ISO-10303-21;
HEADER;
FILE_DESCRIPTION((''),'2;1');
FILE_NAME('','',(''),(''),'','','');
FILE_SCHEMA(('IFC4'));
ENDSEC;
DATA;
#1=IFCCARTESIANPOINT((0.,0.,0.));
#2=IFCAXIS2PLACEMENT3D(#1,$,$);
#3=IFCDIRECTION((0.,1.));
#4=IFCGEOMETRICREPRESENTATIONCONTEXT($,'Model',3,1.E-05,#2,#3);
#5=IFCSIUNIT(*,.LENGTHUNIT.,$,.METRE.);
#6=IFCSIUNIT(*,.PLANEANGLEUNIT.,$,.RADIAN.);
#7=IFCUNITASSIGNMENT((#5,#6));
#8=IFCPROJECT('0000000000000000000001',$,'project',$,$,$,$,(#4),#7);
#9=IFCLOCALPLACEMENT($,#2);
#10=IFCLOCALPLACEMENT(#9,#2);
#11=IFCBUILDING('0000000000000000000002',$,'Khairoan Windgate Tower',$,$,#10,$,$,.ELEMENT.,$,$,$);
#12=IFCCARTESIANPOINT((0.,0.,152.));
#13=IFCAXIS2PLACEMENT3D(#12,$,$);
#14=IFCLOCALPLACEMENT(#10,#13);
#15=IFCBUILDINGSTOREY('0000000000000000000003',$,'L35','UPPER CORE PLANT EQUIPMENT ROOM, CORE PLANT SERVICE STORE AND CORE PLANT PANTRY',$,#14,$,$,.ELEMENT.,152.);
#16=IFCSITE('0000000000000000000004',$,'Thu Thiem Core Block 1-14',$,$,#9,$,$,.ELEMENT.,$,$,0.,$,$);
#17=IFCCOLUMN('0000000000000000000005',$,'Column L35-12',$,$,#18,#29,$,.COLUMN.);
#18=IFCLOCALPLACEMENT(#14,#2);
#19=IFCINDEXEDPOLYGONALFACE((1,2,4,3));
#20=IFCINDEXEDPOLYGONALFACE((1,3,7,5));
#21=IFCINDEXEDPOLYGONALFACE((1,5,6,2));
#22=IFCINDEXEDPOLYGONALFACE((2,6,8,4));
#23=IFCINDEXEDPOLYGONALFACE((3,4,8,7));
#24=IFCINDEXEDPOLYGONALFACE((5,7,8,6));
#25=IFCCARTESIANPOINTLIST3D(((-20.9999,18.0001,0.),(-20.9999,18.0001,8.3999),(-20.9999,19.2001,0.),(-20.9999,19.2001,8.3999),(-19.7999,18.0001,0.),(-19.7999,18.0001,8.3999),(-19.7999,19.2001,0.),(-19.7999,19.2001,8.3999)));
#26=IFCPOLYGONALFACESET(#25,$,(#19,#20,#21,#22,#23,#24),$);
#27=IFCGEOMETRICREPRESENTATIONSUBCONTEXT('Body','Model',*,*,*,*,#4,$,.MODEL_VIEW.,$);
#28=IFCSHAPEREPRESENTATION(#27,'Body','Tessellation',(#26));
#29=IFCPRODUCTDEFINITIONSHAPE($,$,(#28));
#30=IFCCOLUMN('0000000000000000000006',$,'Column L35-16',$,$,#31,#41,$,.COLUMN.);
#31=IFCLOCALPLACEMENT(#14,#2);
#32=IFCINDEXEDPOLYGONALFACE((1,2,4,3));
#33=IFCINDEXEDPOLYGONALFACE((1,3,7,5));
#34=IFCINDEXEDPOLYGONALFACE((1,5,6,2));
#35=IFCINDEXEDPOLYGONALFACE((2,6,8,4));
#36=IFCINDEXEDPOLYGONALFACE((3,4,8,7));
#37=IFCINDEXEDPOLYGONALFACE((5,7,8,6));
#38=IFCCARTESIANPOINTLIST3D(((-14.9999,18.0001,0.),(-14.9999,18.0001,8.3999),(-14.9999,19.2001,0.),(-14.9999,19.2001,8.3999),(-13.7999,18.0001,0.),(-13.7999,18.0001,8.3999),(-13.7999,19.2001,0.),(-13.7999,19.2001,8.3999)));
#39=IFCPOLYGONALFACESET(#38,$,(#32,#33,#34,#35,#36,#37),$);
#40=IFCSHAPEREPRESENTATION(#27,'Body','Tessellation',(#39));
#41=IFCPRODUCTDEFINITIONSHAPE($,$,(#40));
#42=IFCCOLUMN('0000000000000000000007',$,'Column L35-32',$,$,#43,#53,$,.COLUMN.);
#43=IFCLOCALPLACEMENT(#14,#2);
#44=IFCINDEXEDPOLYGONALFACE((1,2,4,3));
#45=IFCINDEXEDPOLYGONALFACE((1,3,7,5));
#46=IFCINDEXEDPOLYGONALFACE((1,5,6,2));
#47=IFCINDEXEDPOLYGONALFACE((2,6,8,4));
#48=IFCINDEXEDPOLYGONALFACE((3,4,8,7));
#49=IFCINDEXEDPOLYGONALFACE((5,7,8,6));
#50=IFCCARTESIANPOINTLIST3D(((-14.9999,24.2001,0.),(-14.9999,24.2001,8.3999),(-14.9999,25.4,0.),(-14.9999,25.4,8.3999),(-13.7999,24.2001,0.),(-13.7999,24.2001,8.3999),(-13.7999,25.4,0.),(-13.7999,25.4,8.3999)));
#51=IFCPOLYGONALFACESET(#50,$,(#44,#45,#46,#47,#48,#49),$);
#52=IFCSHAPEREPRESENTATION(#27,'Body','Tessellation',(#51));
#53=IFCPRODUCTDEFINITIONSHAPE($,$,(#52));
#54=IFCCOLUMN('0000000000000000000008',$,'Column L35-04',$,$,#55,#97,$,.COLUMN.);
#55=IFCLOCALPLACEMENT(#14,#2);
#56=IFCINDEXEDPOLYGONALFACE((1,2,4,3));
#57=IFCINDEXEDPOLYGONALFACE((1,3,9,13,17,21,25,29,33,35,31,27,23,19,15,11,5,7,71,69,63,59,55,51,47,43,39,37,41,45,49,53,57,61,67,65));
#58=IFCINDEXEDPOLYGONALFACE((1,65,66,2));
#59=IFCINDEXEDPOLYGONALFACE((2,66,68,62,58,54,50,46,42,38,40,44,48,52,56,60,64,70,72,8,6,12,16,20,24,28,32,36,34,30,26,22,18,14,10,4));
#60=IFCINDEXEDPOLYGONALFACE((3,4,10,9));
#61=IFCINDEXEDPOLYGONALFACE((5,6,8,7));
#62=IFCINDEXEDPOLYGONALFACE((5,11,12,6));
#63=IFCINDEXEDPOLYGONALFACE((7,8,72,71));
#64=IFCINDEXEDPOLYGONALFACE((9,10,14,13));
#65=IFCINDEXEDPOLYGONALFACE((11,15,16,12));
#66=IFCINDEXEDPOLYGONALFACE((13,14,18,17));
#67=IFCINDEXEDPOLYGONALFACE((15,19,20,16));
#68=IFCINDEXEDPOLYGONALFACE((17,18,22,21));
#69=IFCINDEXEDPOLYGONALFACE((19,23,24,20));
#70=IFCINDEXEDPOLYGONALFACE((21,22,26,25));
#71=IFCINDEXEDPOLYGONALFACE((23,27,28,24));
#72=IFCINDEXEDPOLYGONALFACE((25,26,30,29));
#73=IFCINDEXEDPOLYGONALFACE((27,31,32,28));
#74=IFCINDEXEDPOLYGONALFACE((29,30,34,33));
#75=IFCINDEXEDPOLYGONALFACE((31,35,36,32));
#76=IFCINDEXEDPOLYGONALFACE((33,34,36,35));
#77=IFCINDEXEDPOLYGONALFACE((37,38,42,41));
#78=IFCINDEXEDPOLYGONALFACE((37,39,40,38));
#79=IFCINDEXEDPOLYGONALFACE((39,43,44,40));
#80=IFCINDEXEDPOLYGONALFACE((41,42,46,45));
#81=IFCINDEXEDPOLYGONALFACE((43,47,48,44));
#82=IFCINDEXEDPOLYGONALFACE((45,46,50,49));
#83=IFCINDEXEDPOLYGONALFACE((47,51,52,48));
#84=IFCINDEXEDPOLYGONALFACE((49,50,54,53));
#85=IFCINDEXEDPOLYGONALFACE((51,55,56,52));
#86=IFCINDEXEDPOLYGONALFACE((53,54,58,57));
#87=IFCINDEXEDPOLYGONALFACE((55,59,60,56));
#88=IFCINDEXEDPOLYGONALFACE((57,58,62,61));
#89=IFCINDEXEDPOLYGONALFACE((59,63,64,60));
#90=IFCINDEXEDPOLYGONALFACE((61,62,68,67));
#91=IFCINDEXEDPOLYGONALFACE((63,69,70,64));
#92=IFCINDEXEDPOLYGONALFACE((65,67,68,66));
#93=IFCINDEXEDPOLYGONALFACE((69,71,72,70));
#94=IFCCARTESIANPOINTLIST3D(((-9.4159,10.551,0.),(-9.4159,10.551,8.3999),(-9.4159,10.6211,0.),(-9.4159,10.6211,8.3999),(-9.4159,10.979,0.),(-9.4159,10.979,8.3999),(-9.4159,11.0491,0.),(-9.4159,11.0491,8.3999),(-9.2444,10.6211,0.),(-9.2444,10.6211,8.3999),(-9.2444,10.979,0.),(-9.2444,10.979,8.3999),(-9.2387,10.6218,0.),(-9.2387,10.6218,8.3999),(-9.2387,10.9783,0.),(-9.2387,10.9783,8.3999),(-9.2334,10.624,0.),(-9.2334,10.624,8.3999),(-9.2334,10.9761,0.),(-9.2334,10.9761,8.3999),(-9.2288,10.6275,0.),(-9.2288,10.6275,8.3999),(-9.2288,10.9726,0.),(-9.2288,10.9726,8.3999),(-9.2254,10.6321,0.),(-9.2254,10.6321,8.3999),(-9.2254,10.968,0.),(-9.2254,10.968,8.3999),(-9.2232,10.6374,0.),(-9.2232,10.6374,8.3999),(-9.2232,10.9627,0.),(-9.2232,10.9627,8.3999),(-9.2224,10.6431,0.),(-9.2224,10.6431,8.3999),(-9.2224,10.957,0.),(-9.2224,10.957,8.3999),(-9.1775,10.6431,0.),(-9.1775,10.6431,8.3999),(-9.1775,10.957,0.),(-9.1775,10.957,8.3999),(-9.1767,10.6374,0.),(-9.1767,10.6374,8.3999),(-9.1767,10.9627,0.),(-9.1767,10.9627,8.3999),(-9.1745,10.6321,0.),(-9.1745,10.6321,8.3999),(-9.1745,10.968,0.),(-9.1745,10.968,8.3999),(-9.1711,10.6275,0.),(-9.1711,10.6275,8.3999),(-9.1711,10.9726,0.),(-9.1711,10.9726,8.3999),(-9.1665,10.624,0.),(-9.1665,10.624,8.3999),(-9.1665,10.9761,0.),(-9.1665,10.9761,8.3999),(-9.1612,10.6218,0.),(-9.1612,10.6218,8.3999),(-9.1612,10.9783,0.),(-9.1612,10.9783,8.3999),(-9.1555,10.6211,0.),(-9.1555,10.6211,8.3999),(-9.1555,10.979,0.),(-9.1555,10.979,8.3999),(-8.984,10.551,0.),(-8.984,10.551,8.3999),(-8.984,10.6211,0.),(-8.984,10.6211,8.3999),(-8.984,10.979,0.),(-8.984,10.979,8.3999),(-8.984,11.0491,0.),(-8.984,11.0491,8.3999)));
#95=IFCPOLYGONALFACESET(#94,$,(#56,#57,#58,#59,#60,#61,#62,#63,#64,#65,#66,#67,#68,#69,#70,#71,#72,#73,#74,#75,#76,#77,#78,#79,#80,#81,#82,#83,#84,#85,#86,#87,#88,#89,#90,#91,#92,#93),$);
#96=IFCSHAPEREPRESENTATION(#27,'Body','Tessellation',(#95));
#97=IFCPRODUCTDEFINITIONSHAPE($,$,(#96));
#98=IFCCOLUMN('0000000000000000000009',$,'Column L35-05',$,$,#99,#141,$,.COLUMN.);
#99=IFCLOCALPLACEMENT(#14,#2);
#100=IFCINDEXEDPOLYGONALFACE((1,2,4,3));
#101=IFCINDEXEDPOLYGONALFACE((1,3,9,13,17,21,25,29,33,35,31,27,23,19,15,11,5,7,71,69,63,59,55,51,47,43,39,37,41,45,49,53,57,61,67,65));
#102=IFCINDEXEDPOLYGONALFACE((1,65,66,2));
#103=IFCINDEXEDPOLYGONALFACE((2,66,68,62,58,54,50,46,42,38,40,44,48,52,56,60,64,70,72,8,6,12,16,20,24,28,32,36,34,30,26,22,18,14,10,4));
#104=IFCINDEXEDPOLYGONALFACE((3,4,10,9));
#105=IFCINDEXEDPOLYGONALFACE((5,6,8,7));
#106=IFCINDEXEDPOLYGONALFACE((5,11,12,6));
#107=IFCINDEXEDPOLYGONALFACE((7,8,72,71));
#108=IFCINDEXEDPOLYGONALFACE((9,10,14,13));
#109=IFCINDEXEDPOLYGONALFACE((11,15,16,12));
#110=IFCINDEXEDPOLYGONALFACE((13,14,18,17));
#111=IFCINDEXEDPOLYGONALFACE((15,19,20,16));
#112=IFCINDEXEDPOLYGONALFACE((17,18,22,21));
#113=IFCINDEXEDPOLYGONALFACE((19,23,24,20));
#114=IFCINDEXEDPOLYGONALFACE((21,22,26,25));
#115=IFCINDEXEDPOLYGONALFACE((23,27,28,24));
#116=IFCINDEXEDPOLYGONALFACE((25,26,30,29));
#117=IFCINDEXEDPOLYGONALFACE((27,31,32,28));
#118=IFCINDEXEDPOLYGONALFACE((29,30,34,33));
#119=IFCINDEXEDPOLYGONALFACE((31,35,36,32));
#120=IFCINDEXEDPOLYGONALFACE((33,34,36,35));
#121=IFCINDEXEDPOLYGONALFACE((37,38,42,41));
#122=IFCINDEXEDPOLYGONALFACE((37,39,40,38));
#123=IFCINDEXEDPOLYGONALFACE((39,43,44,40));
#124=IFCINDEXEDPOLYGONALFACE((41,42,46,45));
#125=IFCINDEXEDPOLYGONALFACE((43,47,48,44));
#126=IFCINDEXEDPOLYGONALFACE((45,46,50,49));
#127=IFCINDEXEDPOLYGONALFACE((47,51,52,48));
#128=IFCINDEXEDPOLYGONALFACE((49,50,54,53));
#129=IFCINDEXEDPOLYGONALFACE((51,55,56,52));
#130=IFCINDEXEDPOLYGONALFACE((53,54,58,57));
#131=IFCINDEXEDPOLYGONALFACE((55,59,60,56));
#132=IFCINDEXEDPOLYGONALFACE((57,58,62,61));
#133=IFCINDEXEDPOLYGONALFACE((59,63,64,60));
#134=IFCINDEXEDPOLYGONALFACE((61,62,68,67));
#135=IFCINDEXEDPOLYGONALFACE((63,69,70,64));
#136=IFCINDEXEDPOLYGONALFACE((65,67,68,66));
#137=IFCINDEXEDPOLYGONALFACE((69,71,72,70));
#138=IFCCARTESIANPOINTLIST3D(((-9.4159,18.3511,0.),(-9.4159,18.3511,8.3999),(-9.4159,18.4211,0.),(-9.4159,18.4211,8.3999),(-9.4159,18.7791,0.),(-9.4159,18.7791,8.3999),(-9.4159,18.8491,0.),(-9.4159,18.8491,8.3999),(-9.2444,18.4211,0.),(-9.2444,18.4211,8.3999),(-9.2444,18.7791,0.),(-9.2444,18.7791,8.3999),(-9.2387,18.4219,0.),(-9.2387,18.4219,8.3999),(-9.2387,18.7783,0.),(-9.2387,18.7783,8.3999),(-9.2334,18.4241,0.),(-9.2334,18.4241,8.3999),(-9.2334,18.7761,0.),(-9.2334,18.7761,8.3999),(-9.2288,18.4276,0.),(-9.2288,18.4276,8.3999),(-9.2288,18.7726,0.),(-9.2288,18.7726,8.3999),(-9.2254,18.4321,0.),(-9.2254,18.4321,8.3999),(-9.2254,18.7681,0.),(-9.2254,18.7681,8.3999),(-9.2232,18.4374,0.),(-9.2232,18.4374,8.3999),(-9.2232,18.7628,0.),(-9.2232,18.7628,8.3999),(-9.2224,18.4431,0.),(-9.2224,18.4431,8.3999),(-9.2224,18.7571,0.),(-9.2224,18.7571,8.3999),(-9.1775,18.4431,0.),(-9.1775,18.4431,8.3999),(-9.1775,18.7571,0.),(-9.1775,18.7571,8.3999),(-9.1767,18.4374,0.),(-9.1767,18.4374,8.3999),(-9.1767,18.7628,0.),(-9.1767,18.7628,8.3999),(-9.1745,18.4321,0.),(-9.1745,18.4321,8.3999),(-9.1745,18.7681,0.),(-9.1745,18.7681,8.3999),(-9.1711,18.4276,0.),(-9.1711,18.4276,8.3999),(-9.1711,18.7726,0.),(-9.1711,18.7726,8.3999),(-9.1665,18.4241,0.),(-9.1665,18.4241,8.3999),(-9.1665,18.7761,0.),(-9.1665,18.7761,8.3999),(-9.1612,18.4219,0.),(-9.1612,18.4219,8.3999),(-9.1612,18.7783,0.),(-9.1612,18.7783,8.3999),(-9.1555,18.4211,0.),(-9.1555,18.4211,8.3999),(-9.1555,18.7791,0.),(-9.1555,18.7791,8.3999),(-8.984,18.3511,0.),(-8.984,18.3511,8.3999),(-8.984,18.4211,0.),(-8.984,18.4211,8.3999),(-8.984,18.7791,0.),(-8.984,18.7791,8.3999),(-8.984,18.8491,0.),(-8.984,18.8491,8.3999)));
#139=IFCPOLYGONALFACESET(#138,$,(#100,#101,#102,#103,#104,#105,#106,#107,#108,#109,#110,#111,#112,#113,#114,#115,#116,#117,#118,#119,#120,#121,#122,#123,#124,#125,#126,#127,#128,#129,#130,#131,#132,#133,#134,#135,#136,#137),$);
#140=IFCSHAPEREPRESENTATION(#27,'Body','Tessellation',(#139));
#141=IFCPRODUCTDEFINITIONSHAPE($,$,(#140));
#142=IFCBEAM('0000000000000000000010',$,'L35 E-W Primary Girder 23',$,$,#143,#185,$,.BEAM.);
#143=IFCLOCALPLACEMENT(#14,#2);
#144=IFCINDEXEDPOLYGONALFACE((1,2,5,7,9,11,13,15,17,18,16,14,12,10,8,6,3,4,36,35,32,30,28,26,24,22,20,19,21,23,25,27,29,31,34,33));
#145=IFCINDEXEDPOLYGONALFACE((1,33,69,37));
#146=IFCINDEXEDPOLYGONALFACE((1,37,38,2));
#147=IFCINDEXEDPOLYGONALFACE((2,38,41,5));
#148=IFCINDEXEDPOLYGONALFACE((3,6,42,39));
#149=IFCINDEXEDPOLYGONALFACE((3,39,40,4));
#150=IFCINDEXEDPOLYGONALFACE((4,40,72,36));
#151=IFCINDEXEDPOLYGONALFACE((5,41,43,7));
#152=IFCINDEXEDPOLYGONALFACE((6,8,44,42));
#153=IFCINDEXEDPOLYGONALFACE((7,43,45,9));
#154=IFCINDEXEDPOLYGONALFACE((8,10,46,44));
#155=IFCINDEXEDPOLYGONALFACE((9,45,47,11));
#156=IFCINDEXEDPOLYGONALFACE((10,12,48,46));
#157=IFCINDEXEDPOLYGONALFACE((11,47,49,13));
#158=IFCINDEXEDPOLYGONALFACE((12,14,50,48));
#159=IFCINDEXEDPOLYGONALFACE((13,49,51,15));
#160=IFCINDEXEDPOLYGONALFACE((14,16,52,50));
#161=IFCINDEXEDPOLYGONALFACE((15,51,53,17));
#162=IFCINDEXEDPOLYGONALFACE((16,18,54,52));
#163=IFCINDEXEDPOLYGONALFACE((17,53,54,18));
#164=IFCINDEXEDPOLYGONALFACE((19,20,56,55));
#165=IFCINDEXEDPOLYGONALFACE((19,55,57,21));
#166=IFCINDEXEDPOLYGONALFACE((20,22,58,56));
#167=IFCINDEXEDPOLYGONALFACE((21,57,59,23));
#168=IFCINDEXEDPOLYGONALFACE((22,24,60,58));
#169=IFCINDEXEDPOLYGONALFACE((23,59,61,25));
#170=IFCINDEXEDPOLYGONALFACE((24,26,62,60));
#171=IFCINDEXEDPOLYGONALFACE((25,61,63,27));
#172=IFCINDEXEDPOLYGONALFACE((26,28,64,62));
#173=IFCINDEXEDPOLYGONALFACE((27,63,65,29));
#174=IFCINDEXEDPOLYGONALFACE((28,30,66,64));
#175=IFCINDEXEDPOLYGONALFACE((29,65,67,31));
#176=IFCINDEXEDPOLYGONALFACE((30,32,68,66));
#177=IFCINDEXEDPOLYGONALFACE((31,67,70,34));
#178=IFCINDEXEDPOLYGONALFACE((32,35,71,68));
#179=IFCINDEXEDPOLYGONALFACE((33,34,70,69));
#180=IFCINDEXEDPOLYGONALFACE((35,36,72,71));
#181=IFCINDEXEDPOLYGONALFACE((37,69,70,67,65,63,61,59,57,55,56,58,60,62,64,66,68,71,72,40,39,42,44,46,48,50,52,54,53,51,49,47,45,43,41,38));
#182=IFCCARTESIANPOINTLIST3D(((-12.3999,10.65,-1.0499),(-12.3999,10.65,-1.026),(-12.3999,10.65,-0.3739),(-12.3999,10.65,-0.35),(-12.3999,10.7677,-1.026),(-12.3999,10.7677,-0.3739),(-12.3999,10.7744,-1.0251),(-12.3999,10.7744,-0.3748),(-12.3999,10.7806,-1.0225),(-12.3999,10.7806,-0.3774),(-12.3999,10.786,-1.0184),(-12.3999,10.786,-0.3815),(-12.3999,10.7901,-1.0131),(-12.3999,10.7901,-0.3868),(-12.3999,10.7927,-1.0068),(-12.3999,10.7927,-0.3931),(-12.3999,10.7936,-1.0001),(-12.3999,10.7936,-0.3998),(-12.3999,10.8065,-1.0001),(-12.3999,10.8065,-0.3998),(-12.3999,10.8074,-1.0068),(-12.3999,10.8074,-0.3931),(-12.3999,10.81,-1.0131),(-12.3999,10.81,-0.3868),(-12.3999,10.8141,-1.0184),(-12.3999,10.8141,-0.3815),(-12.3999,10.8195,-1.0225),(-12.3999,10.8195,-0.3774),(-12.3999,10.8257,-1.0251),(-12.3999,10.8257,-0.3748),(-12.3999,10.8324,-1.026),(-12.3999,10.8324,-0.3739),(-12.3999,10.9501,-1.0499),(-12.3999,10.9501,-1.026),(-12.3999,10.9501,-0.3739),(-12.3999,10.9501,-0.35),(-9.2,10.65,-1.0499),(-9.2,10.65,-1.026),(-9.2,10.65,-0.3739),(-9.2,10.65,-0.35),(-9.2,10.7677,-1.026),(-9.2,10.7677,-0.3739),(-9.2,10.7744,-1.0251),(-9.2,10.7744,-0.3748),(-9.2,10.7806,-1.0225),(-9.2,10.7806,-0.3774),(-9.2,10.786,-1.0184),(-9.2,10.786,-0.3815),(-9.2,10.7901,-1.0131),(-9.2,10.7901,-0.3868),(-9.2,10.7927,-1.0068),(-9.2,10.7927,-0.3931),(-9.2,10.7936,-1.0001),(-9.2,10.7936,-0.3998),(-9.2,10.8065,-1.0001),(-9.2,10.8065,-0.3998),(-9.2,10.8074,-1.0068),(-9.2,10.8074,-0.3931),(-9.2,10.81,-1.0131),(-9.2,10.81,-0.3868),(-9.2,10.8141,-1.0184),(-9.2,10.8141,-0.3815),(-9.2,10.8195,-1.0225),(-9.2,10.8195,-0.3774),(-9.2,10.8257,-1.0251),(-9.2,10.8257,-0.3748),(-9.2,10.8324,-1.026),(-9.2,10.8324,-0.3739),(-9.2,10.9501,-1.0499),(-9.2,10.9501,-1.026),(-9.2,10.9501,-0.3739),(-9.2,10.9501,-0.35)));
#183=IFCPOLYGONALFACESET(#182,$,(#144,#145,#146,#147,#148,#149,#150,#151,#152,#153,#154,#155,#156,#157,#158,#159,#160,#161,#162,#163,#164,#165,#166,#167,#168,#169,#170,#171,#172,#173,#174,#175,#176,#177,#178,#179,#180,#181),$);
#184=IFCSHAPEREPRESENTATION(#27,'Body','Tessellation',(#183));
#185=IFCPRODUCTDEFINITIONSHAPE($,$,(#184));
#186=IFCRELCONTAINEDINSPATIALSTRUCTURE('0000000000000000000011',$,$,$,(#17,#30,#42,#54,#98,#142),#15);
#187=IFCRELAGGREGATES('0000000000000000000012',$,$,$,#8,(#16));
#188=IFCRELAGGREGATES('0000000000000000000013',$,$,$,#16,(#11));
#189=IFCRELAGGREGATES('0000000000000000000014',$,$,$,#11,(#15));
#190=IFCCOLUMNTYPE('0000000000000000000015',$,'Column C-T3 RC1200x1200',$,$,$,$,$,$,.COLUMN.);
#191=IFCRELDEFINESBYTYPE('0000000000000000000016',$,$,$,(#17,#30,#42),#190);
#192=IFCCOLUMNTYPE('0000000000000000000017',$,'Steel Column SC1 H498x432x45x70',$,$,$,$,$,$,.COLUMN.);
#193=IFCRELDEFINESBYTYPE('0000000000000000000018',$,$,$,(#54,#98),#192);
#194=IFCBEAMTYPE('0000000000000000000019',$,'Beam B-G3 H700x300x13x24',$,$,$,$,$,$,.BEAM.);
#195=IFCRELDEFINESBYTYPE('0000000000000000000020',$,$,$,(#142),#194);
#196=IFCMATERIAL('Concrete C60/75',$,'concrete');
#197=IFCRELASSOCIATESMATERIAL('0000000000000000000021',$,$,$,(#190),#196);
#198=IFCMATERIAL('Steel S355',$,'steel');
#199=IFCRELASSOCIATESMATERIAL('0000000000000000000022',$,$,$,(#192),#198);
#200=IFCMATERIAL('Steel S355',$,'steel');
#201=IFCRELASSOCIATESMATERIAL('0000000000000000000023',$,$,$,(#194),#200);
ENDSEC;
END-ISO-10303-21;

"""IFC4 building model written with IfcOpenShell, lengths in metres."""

from ifc_helpers import new_model, si_unit, direction, frame, origin, origin_2d, place, context, subcontext, project, spatial, rectangle, i_section, extrude, material, material_profile, profile_set, type_object, element, save


model = new_model("IFC4")

# Units and contexts
model_context = context("Model", 3, precision=1e-05, world=origin(), true_north=direction((0.0, 1.0)))
body_context = subcontext(model_context, "Body", "Model", "MODEL_VIEW")
ifc_project = project(units=[si_unit("LENGTHUNIT", "METRE"), si_unit("PLANEANGLEUNIT", "RADIAN")], contexts=[model_context])

# Site, building, storey
site_placement = place(None, origin())
site = spatial("IfcSite", under=ifc_project, at=site_placement, Name="Thu Thiem Core Block 1-14", CompositionType="ELEMENT", RefElevation=0.0)
building_placement = place(site_placement, origin())
building = spatial("IfcBuilding", under=site, at=building_placement, Name="Khairoan Windgate Tower", CompositionType="ELEMENT")
storey_placement = place(building_placement, frame((0.0, 0.0, 152.0)))
storey = spatial("IfcBuildingStorey", under=building, at=storey_placement, Name="L35", Description="UPPER CORE PLANT EQUIPMENT ROOM, CORE PLANT SERVICE STORE AND CORE PLANT PANTRY", CompositionType="ELEMENT", Elevation=152.0)

# Columns
ifc_material_1 = material(Name="Concrete C60/75", Category="concrete")
ifc_material_profile_1 = material_profile(ifc_material_1, rectangle(XDim=1.2, YDim=1.2, at=origin_2d()))
ifc_profile_set_1 = profile_set([ifc_material_profile_1], Name="Concrete C60/75")
column_type_1 = type_object("IfcColumnType", Name="Column C-T3 RC1200x1200", PredefinedType="COLUMN", material=ifc_profile_set_1)
for number, where, z_axis, x_axis, name in (
    (1, (-20.3999, 18.6001, 0.0), (0.0, 0.0, 1.0), (1.0, 0.0, 0.0), "Column L35-12"),
    (2, (-14.3999, 18.6001, 0.0), (0.0, 0.0, 1.0), (1.0, 0.0, 0.0), "Column L35-16"),
    (3, (-14.3999, 24.8, 0.0), (0.0, 0.0, 1.0), (1.0, 0.0, 0.0), "Column L35-32"),
):
    element("IfcColumn", number, at=place(storey_placement, frame(where, z_axis=z_axis, x_axis=x_axis)), inside=storey, type_object=column_type_1, Name=name, PredefinedType="COLUMN", context=body_context, shape_type="SweptSolid", body=[
        extrude(rectangle(XDim=1.2, YDim=1.2, at=origin_2d()), origin(), (0.0, 0.0, 1.0), 8.3999),
    ])
ifc_material_2 = material(Name="Steel S355", Category="steel")
ifc_material_profile_2 = material_profile(ifc_material_2, i_section(OverallWidth=0.4319, OverallDepth=0.498, WebThickness=0.0449, FlangeThickness=0.0701, FilletRadius=0.022, at=origin_2d()))
ifc_profile_set_2 = profile_set([ifc_material_profile_2], Name="Steel S355")
column_type_2 = type_object("IfcColumnType", Name="Steel Column SC1 H498x432x45x70", PredefinedType="COLUMN", material=ifc_profile_set_2)
for number, where, z_axis, x_axis, name in (
    (4, (-9.2, 10.8, 0.0), (0.0, 0.0, 1.0), (1.0, 0.0, 0.0), "Column L35-04"),
    (5, (-9.2, 18.6001, 0.0), (0.0, 0.0, 1.0), (1.0, 0.0, 0.0), "Column L35-05"),
):
    element("IfcColumn", number, at=place(storey_placement, frame(where, z_axis=z_axis, x_axis=x_axis)), inside=storey, type_object=column_type_2, Name=name, PredefinedType="COLUMN", context=body_context, shape_type="SweptSolid", body=[
        extrude(i_section(OverallWidth=0.4319, OverallDepth=0.498, WebThickness=0.0449, FlangeThickness=0.0701, FilletRadius=0.022, at=origin_2d()), origin(), (0.0, 0.0, 1.0), 8.3999),
    ])

# Beam
ifc_material_3 = material(Name="Steel S355", Category="steel")
ifc_material_profile_3 = material_profile(ifc_material_3, i_section(OverallWidth=0.3, OverallDepth=0.7, WebThickness=0.0129, FlangeThickness=0.0239, FilletRadius=0.0259, at=origin_2d()))
ifc_profile_set_3 = profile_set([ifc_material_profile_3], Name="Steel S355")
beam_type_1 = type_object("IfcBeamType", Name="Beam B-G3 H700x300x13x24", PredefinedType="BEAM", material=ifc_profile_set_3)
beam_1_placement = place(storey_placement, frame((-12.3999, 10.8, -0.7), z_axis=(1.0, 0.0, 0.0), x_axis=(0.0, 1.0, 0.0)))
element("IfcBeam", 6, at=beam_1_placement, inside=storey, type_object=beam_type_1, Name="L35 E-W Primary Girder 23", PredefinedType="BEAM", context=body_context, shape_type="SweptSolid", body=[
    extrude(i_section(OverallWidth=0.3, OverallDepth=0.7, WebThickness=0.0129, FlangeThickness=0.0239, FilletRadius=0.0259, at=origin_2d()), origin(), (0.0, 0.0, 1.0), 3.2),
])

save(model, "model.ifc")
